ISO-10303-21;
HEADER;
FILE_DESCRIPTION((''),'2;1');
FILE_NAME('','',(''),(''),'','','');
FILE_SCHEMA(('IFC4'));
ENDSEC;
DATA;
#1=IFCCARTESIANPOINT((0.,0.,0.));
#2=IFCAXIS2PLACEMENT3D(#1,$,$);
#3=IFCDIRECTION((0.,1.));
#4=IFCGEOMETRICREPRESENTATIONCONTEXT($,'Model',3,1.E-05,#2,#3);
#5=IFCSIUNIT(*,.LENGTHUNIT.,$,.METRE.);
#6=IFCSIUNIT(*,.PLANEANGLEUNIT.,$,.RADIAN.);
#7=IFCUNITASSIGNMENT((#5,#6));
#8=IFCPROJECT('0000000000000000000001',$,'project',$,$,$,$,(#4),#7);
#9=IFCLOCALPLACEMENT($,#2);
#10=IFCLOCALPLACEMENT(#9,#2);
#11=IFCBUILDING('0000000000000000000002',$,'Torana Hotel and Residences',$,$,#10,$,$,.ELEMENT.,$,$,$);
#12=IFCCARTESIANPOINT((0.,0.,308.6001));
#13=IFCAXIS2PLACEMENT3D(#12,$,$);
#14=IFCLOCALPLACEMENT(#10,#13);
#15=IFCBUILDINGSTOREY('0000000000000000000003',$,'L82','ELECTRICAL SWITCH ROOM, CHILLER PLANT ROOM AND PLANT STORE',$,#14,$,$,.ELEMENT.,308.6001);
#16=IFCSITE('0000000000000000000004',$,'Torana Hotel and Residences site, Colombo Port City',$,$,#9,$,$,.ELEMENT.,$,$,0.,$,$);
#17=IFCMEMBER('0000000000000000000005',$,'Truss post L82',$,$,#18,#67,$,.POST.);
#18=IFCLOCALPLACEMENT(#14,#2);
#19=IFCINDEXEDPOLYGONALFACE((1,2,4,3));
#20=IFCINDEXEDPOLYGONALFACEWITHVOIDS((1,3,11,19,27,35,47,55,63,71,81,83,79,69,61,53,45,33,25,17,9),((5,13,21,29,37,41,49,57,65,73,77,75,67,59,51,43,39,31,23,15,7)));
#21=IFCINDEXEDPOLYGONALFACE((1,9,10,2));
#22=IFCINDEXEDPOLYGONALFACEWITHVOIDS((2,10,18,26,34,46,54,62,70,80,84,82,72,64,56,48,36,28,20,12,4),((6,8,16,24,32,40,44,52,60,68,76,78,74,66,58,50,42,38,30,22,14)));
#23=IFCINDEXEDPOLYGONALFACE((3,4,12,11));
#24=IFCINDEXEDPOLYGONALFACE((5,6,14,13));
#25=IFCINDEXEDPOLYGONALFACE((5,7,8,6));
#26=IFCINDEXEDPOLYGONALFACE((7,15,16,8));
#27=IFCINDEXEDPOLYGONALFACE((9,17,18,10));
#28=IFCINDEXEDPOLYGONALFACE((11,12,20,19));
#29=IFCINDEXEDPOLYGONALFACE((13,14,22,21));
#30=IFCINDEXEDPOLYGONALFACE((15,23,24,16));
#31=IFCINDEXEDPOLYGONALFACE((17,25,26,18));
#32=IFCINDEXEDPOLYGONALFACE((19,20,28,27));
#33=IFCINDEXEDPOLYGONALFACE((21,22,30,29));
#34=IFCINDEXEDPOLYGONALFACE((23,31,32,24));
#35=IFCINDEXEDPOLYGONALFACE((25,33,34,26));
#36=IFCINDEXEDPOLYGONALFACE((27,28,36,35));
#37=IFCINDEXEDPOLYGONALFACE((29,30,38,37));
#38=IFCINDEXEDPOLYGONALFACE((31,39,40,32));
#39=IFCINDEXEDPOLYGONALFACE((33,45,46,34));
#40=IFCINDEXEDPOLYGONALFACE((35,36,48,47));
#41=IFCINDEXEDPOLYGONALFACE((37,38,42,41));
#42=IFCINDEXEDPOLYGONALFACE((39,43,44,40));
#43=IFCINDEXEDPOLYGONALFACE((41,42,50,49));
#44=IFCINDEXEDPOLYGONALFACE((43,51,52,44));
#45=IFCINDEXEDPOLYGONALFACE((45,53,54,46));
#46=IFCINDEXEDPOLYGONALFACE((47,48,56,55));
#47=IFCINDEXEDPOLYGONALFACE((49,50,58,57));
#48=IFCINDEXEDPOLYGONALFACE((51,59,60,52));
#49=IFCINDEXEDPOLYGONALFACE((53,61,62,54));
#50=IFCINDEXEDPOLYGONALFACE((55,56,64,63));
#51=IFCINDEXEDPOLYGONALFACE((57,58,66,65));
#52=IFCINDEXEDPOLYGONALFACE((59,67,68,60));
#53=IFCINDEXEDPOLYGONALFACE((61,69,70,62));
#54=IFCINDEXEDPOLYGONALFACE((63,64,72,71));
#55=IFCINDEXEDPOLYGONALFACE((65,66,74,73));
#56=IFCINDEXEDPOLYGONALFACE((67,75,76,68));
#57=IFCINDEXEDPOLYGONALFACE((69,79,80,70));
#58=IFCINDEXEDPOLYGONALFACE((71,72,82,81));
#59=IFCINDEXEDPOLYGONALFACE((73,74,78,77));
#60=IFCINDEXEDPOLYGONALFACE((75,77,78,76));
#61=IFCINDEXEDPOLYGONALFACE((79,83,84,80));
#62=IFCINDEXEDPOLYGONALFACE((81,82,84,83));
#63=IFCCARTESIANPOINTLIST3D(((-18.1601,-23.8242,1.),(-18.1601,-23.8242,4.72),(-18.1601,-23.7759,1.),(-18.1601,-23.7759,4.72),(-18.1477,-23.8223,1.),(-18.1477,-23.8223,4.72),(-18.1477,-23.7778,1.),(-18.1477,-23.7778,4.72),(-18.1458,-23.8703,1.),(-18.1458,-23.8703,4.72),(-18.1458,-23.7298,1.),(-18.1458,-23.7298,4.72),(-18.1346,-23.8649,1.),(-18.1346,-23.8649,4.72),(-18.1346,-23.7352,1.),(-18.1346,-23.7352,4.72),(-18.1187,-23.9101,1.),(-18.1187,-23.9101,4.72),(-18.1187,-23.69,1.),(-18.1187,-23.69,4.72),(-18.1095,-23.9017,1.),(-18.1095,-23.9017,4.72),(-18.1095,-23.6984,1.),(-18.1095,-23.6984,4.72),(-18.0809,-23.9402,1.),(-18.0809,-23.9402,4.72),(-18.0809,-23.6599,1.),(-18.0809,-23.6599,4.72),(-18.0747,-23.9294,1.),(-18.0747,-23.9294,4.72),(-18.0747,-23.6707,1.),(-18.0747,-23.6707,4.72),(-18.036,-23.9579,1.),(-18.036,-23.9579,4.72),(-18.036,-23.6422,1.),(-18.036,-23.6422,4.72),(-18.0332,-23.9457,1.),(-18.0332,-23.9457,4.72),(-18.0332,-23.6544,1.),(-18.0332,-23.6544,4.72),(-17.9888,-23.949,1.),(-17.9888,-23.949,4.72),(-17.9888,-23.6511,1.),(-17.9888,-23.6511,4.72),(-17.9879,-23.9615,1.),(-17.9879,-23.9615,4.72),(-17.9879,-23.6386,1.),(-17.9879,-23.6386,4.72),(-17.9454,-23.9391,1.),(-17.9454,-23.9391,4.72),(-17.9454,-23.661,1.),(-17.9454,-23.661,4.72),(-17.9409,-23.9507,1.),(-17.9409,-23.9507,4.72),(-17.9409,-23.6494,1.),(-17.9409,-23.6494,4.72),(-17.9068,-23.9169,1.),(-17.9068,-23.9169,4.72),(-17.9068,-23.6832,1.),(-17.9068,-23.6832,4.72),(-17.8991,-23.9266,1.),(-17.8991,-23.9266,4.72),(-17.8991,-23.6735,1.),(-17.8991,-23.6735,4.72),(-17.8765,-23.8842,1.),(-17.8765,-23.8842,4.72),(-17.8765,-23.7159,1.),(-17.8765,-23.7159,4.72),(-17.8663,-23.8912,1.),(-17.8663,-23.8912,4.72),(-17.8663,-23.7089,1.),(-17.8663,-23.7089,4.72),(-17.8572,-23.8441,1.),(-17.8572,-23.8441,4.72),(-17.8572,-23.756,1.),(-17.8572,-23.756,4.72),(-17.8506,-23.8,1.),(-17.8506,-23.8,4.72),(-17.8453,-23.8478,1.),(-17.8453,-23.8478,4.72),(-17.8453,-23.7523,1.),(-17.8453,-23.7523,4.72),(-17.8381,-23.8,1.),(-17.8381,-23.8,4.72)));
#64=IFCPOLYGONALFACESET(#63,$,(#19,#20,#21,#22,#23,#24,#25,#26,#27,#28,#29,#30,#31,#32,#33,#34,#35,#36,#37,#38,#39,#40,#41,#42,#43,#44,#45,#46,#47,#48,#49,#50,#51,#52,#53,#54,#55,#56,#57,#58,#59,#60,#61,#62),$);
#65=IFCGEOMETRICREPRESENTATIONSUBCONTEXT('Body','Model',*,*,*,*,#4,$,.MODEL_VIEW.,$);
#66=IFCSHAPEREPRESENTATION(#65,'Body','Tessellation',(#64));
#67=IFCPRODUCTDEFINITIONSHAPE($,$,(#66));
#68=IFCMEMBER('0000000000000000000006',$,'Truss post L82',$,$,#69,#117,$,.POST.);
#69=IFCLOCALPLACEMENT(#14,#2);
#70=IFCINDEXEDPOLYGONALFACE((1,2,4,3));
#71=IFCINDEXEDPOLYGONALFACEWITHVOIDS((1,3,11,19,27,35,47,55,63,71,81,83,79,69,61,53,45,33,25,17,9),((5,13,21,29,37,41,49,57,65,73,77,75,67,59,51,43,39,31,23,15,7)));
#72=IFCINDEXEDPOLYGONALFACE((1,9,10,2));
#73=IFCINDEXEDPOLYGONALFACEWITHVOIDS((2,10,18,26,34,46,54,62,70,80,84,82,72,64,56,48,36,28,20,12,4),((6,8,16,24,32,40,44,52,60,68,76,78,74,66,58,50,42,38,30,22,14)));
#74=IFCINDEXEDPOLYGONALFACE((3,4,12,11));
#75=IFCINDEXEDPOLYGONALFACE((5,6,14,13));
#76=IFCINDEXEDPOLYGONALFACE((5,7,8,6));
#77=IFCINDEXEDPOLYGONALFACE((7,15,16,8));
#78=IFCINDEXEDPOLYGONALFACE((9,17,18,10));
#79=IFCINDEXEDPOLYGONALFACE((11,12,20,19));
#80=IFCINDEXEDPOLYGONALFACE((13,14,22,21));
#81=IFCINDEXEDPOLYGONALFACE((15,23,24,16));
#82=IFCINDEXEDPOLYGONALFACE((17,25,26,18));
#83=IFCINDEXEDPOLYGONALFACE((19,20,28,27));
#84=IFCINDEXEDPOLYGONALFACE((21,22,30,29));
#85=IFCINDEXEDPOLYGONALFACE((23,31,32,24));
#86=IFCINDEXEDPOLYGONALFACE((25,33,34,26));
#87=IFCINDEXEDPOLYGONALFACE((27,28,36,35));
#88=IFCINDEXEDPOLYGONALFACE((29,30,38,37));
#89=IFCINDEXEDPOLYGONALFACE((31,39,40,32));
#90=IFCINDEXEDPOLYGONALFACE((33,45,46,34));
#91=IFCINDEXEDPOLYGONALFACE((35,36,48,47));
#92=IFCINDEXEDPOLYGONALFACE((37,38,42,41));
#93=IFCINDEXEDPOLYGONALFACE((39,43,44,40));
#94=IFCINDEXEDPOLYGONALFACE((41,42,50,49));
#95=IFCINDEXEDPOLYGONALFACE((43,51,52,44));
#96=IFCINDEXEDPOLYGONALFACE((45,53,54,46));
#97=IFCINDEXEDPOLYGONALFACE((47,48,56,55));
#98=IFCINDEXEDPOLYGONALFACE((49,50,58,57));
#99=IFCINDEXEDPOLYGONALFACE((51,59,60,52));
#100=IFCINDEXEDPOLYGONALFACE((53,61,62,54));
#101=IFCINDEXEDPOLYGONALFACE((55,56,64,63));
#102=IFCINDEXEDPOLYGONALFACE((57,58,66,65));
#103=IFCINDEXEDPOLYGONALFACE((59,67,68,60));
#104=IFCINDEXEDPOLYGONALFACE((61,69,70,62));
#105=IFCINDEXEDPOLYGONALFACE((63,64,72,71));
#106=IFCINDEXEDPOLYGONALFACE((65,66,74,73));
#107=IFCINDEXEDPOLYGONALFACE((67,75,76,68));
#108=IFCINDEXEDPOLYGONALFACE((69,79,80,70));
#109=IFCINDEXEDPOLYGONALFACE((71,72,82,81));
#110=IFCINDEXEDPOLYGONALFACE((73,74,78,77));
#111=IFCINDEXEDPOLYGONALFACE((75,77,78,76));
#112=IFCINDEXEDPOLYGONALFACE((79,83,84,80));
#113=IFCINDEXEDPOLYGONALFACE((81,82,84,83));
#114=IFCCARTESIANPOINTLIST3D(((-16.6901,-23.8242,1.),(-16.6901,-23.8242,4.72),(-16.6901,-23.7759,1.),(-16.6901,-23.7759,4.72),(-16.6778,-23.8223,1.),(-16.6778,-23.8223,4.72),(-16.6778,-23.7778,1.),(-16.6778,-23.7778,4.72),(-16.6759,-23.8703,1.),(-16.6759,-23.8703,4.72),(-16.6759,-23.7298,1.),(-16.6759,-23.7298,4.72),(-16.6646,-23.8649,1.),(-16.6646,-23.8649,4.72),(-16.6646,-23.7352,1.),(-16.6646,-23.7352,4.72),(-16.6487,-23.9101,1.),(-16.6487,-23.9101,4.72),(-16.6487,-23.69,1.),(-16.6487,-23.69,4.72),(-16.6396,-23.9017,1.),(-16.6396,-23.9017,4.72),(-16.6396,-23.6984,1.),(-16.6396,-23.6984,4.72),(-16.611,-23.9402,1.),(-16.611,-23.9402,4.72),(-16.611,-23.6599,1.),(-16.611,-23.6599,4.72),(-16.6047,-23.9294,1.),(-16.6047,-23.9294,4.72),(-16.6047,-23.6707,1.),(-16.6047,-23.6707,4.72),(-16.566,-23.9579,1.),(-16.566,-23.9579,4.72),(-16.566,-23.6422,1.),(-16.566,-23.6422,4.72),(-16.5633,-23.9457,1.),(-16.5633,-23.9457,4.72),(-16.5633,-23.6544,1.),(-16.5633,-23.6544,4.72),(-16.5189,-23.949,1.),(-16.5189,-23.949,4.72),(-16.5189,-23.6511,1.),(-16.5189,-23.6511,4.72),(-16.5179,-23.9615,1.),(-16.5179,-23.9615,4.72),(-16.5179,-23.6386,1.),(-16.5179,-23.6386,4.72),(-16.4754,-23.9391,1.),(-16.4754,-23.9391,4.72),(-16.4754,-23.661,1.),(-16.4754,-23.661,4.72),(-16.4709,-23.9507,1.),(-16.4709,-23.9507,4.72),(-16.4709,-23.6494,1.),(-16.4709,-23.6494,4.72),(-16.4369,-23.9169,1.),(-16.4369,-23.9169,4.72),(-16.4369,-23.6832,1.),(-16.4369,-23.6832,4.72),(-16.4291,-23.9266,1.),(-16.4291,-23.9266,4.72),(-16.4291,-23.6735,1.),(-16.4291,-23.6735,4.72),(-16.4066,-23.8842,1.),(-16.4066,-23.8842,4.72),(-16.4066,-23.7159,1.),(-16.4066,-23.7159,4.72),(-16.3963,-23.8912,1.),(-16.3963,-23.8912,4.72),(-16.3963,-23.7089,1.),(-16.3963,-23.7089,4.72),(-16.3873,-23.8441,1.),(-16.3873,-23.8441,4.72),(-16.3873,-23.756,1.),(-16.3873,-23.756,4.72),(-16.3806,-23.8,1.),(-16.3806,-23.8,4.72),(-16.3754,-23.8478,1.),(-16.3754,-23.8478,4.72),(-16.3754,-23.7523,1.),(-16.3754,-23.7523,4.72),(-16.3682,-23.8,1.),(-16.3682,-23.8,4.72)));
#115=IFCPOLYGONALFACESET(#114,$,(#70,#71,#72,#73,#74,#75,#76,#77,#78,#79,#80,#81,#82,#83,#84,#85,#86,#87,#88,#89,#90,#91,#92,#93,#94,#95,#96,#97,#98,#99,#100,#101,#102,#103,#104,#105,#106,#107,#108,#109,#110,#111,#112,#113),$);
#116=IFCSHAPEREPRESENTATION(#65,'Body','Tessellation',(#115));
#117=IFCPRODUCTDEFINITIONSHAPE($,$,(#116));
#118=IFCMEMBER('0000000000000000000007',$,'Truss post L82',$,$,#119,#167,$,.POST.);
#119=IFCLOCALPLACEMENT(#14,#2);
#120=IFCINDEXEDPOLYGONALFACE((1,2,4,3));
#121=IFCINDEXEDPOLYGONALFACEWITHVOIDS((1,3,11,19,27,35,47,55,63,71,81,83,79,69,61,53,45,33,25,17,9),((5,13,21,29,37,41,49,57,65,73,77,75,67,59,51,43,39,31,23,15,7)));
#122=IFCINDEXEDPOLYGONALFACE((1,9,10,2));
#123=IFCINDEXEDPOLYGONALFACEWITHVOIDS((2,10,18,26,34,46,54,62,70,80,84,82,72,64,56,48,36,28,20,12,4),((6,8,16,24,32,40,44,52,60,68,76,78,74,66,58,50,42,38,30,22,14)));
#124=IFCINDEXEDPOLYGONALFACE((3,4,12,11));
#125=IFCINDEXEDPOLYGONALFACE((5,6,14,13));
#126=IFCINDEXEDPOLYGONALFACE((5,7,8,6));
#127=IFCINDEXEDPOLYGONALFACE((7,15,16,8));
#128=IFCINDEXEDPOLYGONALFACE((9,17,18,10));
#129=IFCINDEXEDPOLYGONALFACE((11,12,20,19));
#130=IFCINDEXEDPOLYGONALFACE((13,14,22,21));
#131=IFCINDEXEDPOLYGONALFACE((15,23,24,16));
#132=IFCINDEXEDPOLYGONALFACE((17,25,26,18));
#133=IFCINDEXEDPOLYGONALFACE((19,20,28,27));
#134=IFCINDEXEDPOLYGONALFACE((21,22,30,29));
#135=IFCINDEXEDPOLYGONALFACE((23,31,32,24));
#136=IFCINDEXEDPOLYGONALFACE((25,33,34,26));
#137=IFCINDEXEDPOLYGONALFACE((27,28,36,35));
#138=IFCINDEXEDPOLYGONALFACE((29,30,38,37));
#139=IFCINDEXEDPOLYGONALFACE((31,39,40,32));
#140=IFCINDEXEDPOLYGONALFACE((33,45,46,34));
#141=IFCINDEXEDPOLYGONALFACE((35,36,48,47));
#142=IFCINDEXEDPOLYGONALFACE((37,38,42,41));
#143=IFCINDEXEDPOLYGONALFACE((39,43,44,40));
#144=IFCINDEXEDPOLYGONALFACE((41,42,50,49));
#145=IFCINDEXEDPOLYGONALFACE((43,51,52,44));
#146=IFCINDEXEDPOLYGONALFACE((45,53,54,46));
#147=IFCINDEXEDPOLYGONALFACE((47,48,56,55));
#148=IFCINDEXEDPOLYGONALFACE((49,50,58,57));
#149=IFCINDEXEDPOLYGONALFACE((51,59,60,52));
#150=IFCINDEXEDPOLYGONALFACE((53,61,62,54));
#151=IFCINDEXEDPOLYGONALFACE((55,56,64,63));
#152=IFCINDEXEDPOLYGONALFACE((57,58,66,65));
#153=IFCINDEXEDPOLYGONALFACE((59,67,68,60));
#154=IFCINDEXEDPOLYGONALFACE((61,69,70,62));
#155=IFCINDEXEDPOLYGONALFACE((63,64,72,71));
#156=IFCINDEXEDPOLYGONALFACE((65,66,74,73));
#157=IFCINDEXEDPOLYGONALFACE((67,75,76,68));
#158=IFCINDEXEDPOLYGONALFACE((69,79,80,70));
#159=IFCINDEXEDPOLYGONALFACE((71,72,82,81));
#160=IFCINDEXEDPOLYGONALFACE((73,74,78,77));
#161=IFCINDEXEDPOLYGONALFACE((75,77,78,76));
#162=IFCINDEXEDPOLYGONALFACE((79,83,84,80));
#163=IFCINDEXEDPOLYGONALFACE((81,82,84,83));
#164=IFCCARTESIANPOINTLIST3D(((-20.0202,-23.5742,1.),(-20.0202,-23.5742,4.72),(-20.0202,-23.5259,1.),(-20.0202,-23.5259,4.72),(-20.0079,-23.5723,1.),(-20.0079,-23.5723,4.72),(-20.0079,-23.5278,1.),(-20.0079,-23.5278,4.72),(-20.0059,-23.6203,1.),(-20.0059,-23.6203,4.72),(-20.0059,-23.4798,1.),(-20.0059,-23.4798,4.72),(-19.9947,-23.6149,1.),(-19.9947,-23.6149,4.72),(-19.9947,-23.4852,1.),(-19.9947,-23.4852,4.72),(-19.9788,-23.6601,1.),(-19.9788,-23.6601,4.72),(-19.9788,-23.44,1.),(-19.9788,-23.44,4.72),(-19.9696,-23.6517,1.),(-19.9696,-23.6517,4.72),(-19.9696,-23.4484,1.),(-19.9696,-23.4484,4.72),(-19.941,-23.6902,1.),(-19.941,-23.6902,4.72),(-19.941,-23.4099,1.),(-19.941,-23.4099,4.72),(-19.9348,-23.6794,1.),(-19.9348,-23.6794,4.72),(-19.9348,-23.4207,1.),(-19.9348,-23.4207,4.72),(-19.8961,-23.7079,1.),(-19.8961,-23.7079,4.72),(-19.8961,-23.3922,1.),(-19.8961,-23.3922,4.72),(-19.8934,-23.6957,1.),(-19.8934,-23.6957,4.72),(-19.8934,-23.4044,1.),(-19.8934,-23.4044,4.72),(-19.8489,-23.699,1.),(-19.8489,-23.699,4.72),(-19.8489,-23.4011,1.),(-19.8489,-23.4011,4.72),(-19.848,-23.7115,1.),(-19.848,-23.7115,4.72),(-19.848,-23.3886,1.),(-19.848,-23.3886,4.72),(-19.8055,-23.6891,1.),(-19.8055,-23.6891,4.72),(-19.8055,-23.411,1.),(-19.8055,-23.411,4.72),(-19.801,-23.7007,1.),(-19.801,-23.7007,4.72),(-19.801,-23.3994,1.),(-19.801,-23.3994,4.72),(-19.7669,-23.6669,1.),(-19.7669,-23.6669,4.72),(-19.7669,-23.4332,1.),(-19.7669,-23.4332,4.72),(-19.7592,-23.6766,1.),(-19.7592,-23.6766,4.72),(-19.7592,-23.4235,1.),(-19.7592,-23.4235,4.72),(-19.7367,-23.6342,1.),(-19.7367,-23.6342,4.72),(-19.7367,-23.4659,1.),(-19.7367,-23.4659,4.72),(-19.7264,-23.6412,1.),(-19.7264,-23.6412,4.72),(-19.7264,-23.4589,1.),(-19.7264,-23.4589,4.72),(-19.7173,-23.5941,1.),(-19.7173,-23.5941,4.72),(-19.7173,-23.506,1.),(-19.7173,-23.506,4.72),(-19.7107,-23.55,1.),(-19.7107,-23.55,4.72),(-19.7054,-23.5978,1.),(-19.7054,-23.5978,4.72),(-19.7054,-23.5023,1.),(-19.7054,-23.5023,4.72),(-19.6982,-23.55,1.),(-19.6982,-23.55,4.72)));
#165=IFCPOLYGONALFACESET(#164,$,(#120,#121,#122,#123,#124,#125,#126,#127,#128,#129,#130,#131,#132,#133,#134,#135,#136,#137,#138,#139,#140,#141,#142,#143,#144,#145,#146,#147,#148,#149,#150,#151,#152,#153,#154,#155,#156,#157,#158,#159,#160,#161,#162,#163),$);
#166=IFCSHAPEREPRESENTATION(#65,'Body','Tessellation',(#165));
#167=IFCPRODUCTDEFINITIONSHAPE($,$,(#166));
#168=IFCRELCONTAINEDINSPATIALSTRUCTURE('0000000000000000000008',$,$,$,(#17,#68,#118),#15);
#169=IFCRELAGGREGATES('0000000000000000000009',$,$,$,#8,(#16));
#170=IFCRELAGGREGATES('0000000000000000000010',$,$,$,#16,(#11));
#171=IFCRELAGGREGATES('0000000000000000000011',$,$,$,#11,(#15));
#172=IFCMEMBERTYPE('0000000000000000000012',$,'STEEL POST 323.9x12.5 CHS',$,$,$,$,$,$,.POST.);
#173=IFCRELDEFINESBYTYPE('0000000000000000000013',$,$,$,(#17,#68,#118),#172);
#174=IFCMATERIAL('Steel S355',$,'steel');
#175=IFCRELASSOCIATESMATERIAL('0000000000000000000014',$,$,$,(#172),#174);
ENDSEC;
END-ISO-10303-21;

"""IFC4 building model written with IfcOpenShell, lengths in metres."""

from ifc_helpers import new_model, si_unit, direction, frame, origin, origin_2d, place, context, subcontext, project, spatial, hollow_circle, extrude, material, material_profile, profile_set, type_object, element, save


model = new_model("IFC4")

# Units and contexts
model_context = context("Model", 3, precision=1e-05, world=origin(), true_north=direction((0.0, 1.0)))
body_context = subcontext(model_context, "Body", "Model", "MODEL_VIEW")
ifc_project = project(units=[si_unit("LENGTHUNIT", "METRE"), si_unit("PLANEANGLEUNIT", "RADIAN")], contexts=[model_context])

# Site, building, storey
site_placement = place(None, origin())
site = spatial("IfcSite", under=ifc_project, at=site_placement, Name="Torana Hotel and Residences site, Colombo Port City", CompositionType="ELEMENT", RefElevation=0.0)
building_placement = place(site_placement, origin())
building = spatial("IfcBuilding", under=site, at=building_placement, Name="Torana Hotel and Residences", CompositionType="ELEMENT")
storey_placement = place(building_placement, frame((0.0, 0.0, 308.6001)))
storey = spatial("IfcBuildingStorey", under=building, at=storey_placement, Name="L82", Description="ELECTRICAL SWITCH ROOM, CHILLER PLANT ROOM AND PLANT STORE", CompositionType="ELEMENT", Elevation=308.6001)

# Members
ifc_material_1 = material(Name="Steel S355", Category="steel")
ifc_material_profile_1 = material_profile(ifc_material_1, hollow_circle(Radius=0.1619, WallThickness=0.0125, at=origin_2d()), Name="323.9x12.5 CHS")
ifc_profile_set_1 = profile_set([ifc_material_profile_1], Name="Steel S355")
member_type_1 = type_object("IfcMemberType", Name="STEEL POST 323.9x12.5 CHS", PredefinedType="POST", material=ifc_profile_set_1)
for number, where, z_axis, x_axis, name in (
    (1, (-18.0, -23.8, 1.0), (0.0, 0.0, 1.0), (1.0, 0.0, 0.0), "Truss post L82"),
    (2, (-16.53, -23.8, 1.0), (0.0, 0.0, 1.0), (1.0, 0.0, 0.0), "Truss post L82"),
    (3, (-19.8601, -23.55, 1.0), (0.0, 0.0, 1.0), (1.0, 0.0, 0.0), "Truss post L82"),
):
    element("IfcMember", number, at=place(storey_placement, frame(where, z_axis=z_axis, x_axis=x_axis)), inside=storey, type_object=member_type_1, Name=name, PredefinedType="POST", context=body_context, shape_type="SweptSolid", body=[
        extrude(hollow_circle(Radius=0.1619, WallThickness=0.0125, at=origin_2d()), origin(), (0.0, 0.0, 1.0), 3.72),
    ])

save(model, "model.ifc")
